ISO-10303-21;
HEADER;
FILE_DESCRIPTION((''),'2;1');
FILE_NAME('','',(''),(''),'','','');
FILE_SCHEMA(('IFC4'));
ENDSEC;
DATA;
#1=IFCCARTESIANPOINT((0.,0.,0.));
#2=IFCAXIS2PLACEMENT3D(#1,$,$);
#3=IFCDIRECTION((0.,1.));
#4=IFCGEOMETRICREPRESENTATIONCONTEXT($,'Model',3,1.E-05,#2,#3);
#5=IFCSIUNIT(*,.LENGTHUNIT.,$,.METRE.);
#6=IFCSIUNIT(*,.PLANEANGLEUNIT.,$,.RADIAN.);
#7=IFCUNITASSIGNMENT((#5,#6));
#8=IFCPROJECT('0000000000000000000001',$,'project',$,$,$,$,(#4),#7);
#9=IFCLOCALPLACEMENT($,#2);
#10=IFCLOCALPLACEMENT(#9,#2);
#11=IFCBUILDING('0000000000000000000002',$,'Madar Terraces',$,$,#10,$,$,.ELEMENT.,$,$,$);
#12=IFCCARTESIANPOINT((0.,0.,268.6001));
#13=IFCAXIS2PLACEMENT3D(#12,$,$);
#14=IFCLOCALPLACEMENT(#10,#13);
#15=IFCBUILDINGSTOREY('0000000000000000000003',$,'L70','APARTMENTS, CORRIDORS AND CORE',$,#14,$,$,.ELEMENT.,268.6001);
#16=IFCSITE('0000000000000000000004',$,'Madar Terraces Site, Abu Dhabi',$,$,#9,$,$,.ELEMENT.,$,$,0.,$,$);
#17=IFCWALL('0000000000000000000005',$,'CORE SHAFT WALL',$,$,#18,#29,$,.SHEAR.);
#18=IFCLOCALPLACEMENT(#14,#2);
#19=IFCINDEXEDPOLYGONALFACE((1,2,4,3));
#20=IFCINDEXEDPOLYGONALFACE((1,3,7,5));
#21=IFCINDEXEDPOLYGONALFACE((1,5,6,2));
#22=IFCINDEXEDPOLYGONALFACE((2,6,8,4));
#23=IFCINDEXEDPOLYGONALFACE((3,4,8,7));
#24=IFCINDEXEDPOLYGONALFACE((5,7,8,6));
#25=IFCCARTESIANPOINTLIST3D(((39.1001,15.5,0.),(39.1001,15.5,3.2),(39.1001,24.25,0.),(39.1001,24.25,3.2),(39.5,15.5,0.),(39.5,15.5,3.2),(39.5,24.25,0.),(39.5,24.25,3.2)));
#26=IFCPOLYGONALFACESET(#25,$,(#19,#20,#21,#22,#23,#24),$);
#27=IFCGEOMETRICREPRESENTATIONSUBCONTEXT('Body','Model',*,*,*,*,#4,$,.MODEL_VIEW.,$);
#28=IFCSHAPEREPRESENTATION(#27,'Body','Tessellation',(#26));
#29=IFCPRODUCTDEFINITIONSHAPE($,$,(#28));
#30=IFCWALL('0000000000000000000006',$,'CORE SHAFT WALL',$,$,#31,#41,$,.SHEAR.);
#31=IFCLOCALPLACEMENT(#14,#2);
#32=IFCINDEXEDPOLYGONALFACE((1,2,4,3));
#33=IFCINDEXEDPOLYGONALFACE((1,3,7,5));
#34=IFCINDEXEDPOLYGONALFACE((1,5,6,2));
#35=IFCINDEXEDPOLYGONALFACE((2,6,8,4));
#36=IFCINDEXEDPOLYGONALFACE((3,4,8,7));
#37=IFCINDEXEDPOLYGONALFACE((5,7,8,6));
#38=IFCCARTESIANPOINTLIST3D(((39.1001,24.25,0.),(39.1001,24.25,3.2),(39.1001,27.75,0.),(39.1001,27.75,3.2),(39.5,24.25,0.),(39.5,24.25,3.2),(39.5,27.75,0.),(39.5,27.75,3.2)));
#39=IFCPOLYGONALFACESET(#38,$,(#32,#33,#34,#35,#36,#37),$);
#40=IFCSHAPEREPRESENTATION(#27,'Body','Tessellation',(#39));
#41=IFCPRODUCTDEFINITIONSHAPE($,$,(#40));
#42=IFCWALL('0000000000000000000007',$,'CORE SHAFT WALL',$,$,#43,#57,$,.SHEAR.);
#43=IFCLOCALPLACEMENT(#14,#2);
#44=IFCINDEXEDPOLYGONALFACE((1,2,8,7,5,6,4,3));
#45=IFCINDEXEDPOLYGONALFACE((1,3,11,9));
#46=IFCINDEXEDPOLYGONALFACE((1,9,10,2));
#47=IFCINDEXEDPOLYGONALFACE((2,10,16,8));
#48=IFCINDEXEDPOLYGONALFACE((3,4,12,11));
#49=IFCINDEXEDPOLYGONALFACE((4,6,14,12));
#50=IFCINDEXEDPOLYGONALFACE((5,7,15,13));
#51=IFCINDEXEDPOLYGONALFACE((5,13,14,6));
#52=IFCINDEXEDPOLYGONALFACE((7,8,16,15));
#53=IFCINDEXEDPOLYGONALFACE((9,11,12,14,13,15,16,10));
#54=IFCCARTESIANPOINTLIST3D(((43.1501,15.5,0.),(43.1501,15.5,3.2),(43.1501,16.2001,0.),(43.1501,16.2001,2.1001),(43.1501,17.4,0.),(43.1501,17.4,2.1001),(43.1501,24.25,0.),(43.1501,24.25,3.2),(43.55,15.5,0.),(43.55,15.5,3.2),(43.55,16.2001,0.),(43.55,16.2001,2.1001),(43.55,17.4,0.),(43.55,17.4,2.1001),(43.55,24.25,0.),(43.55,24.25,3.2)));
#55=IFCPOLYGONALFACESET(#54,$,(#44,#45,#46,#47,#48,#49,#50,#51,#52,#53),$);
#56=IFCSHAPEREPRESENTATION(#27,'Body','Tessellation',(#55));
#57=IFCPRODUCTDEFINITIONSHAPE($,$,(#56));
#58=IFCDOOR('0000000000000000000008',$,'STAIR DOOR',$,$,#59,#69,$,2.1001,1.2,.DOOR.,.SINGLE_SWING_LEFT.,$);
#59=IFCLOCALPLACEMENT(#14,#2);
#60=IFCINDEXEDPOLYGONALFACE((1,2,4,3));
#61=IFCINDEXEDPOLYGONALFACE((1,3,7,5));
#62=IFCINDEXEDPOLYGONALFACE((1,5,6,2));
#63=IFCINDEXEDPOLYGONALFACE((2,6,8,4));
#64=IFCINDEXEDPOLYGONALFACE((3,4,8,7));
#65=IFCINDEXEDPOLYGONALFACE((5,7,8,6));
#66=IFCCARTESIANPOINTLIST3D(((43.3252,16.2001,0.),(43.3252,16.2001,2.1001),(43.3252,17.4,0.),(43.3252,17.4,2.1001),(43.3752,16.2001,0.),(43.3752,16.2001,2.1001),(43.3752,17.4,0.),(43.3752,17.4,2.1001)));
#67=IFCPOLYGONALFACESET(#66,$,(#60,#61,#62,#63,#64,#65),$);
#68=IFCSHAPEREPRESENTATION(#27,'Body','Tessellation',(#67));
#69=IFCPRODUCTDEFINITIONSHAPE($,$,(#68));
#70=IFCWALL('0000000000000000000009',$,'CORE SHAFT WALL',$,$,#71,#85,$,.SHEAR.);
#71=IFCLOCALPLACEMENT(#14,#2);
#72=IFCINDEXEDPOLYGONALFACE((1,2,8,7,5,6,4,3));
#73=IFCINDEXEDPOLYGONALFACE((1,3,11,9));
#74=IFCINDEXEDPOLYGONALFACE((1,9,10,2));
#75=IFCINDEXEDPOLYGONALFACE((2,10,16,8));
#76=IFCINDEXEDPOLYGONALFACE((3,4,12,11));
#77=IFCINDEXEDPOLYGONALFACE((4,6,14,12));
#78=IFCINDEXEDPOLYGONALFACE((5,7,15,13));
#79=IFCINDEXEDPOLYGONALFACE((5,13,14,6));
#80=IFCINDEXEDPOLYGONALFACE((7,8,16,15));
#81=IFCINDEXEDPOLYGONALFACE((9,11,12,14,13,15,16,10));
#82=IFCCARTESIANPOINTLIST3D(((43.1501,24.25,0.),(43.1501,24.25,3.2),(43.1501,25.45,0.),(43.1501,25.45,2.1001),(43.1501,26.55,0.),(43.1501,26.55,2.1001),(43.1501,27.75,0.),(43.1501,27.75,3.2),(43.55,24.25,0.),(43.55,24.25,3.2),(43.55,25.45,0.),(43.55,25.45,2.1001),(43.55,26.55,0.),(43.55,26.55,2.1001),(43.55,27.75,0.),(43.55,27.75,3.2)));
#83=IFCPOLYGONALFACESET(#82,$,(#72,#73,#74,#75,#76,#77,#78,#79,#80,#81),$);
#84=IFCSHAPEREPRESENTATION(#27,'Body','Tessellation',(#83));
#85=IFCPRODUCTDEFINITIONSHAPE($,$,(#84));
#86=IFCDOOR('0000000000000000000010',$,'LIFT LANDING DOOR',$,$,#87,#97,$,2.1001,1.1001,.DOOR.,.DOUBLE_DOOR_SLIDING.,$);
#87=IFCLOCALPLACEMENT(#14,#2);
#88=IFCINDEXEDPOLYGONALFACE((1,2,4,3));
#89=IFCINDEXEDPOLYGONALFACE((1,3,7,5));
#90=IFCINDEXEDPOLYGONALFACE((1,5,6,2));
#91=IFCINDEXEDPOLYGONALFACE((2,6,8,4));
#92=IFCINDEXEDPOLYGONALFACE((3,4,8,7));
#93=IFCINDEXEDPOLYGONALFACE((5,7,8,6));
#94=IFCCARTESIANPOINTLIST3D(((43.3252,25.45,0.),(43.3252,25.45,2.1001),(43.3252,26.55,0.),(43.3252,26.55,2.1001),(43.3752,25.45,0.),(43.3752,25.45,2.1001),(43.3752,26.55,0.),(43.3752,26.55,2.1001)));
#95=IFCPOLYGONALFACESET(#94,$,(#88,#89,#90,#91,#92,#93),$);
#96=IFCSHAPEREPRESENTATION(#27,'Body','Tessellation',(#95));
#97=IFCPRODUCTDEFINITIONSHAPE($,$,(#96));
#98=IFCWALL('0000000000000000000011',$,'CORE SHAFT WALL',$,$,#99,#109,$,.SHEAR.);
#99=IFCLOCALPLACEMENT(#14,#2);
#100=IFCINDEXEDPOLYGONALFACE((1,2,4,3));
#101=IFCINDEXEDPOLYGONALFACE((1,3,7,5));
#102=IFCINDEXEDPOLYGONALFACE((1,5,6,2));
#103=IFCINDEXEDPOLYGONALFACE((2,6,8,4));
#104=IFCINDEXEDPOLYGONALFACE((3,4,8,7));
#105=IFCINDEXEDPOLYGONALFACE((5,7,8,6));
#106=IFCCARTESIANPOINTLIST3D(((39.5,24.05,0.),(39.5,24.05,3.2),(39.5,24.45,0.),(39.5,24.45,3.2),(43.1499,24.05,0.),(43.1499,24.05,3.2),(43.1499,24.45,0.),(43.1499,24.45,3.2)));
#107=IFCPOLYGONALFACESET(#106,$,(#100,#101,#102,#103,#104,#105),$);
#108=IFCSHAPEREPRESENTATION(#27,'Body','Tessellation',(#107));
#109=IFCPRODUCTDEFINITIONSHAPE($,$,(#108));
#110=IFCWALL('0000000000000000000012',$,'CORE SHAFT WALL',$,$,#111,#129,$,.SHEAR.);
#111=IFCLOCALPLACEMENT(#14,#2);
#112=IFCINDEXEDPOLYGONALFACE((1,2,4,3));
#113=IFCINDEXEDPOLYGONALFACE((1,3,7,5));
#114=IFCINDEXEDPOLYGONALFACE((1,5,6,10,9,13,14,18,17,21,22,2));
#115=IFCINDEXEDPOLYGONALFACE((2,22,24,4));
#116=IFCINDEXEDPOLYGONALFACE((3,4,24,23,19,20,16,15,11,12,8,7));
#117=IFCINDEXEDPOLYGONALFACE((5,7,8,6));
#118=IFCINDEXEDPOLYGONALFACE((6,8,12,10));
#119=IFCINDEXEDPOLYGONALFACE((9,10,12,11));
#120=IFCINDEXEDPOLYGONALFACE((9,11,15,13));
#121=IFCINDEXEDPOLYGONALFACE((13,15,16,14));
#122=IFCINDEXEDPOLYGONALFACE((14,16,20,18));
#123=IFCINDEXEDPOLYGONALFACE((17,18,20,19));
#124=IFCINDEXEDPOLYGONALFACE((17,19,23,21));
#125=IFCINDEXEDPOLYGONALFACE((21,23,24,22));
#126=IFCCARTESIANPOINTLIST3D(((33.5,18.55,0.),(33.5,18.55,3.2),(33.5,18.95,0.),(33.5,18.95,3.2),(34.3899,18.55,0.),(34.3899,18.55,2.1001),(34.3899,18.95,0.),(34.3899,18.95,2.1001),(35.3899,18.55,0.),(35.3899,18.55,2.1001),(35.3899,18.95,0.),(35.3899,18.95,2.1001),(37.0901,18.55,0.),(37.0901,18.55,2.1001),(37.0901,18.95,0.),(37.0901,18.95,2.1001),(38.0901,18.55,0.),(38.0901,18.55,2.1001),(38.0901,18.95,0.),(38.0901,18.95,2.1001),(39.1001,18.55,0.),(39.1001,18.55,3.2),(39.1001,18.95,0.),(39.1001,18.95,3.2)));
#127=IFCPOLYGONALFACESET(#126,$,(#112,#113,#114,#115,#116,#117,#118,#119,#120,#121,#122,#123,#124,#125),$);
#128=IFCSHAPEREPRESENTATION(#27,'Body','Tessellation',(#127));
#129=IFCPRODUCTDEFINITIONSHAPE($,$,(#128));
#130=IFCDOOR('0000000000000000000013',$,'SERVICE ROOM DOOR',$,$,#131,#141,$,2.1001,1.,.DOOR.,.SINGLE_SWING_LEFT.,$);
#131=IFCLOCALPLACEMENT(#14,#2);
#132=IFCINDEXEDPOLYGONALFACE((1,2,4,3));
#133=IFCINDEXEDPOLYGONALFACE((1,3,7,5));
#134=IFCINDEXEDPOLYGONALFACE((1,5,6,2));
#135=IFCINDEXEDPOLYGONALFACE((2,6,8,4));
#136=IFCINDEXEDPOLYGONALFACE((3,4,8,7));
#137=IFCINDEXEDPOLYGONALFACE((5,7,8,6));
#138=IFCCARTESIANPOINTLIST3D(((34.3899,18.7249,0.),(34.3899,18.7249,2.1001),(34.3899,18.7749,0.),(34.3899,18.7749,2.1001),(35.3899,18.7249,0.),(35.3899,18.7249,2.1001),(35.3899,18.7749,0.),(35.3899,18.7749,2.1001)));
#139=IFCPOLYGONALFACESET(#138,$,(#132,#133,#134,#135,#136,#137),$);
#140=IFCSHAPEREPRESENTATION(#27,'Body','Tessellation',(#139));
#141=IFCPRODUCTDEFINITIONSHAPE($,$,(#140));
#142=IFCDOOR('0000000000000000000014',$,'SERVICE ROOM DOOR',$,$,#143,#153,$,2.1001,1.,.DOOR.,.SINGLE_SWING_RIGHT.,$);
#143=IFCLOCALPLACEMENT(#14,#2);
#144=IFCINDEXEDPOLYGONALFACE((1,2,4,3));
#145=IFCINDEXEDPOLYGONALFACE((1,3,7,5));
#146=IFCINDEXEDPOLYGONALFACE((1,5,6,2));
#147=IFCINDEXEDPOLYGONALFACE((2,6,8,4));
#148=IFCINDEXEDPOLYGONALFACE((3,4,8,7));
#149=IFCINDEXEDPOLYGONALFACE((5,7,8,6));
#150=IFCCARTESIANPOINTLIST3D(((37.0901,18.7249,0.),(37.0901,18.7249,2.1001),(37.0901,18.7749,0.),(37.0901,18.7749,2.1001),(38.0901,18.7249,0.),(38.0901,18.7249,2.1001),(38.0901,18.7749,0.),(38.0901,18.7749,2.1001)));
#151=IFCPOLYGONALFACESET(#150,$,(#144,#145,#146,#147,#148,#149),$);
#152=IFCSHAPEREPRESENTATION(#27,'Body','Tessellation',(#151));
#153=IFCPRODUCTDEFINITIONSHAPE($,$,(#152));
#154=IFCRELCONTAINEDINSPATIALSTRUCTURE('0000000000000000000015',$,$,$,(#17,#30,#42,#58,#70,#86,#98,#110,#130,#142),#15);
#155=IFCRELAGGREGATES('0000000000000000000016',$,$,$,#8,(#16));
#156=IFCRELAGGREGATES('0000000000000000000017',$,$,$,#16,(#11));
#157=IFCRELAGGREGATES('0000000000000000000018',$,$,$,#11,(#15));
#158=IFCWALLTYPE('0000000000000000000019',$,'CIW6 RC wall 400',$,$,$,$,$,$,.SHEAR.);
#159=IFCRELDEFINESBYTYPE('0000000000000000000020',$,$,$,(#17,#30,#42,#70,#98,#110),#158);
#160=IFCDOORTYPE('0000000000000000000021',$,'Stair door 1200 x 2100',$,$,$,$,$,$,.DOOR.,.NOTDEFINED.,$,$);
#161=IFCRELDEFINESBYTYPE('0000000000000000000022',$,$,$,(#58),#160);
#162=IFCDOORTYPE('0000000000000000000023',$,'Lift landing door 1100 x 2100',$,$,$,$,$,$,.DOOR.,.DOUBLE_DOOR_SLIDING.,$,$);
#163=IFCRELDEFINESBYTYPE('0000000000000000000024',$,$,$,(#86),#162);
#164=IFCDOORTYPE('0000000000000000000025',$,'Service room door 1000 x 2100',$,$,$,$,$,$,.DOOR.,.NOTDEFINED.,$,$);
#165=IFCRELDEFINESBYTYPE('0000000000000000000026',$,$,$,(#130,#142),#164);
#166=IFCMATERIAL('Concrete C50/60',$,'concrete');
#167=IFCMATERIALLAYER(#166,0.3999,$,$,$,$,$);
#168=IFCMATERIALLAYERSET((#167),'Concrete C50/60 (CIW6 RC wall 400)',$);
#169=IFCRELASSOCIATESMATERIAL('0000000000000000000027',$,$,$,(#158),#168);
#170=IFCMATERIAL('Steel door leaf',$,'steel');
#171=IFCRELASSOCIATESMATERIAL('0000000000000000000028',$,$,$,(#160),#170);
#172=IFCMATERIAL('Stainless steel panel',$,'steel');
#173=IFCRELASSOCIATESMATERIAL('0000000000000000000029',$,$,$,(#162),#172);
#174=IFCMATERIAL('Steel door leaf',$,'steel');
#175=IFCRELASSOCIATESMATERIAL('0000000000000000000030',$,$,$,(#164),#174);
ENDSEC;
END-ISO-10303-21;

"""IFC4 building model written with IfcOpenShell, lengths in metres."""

from ifc_helpers import new_model, si_unit, direction, frame, frame_2d, origin, place, context, subcontext, project, spatial, rectangle, extrude, material, layer, layer_set, type_object, element, fill, save


model = new_model("IFC4")

# Units and contexts
model_context = context("Model", 3, precision=1e-05, world=origin(), true_north=direction((0.0, 1.0)))
body_context = subcontext(model_context, "Body", "Model", "MODEL_VIEW")
ifc_project = project(units=[si_unit("LENGTHUNIT", "METRE"), si_unit("PLANEANGLEUNIT", "RADIAN")], contexts=[model_context])

# Site, building, storey
site_placement = place(None, origin())
site = spatial("IfcSite", under=ifc_project, at=site_placement, Name="Madar Terraces Site, Abu Dhabi", CompositionType="ELEMENT", RefElevation=0.0)
building_placement = place(site_placement, origin())
building = spatial("IfcBuilding", under=site, at=building_placement, Name="Madar Terraces", CompositionType="ELEMENT")
storey_placement = place(building_placement, frame((0.0, 0.0, 268.6001)))
storey = spatial("IfcBuildingStorey", under=building, at=storey_placement, Name="L70", Description="APARTMENTS, CORRIDORS AND CORE", CompositionType="ELEMENT", Elevation=268.6001)

# Walls
ifc_material_1 = material(Name="Concrete C50/60", Category="concrete")
ifc_layer_1 = layer(ifc_material_1, 0.3999)
ifc_layer_set_1 = layer_set([ifc_layer_1], Name="Concrete C50/60 (CIW6 RC wall 400)")
wall_type_1 = type_object("IfcWallType", Name="CIW6 RC wall 400", PredefinedType="SHEAR", material=ifc_layer_set_1)
wall_1_placement = place(storey_placement, frame((39.3, 15.5, 0.0), z_axis=(0.0, 0.0, 1.0), x_axis=(0.0, 1.0, 0.0)))
element("IfcWall", 1, at=wall_1_placement, inside=storey, type_object=wall_type_1, Name="CORE SHAFT WALL", PredefinedType="SHEAR", context=body_context, shape_type="SweptSolid", body=[
    extrude(rectangle(XDim=8.75, YDim=0.3999, at=frame_2d((4.375, 0.0))), origin(), (0.0, 0.0, 1.0), 3.2),
])
wall_2_placement = place(storey_placement, frame((39.3, 24.25, 0.0), z_axis=(0.0, 0.0, 1.0), x_axis=(0.0, 1.0, 0.0)))
element("IfcWall", 2, at=wall_2_placement, inside=storey, type_object=wall_type_1, Name="CORE SHAFT WALL", PredefinedType="SHEAR", context=body_context, shape_type="SweptSolid", body=[
    extrude(rectangle(XDim=3.5, YDim=0.3999, at=frame_2d((1.75, 0.0))), origin(), (0.0, 0.0, 1.0), 3.2),
])

# Walls, openings, doors
wall_3_placement = place(storey_placement, frame((43.3501, 15.5, 0.0), z_axis=(0.0, 0.0, 1.0), x_axis=(0.0, 1.0, 0.0)))
wall_3 = element("IfcWall", 3, at=wall_3_placement, inside=storey, type_object=wall_type_1, Name="CORE SHAFT WALL", PredefinedType="SHEAR", context=body_context, shape_type="SweptSolid", body=[
    extrude(rectangle(XDim=8.75, YDim=0.3999, at=frame_2d((4.375, 0.0))), origin(), (0.0, 0.0, 1.0), 3.2),
])
opening_1_placement = place(wall_3_placement, frame((0.7, 0.0, 0.0)))
opening_1 = element("IfcOpeningElement", 4, at=opening_1_placement, cuts=wall_3, PredefinedType="OPENING", context=body_context, shape_type="SweptSolid", body=[
    extrude(rectangle(XDim=1.2, YDim=2.1001, at=frame_2d((0.6001, 1.05))), frame((0.0, 0.21, 0.0), z_axis=(0.0, -1.0, 0.0), x_axis=(1.0, 0.0, 0.0)), (0.0, 0.0, 1.0), 0.4199),
])
ifc_material_2 = material(Name="Steel door leaf", Category="steel")
door_type_1 = type_object("IfcDoorType", Name="Stair door 1200 x 2100", OperationType="NOTDEFINED", PredefinedType="DOOR", material=ifc_material_2)
door_1_placement = place(opening_1_placement, origin())
door_1 = element("IfcDoor", 5, at=door_1_placement, inside=storey, type_object=door_type_1, Name="STAIR DOOR", OperationType="SINGLE_SWING_LEFT", OverallHeight=2.1001, OverallWidth=1.2, PredefinedType="DOOR", context=body_context, shape_type="SweptSolid", body=[
    extrude(rectangle(XDim=1.2, YDim=2.1001, at=frame_2d((0.6001, 1.05))), frame((0.0, 0.0249, 0.0), z_axis=(0.0, -1.0, 0.0), x_axis=(1.0, 0.0, 0.0)), (0.0, 0.0, 1.0), 0.05),
])
fill(opening_1, door_1)
wall_4_placement = place(storey_placement, frame((43.3501, 24.25, 0.0), z_axis=(0.0, 0.0, 1.0), x_axis=(0.0, 1.0, 0.0)))
wall_4 = element("IfcWall", 6, at=wall_4_placement, inside=storey, type_object=wall_type_1, Name="CORE SHAFT WALL", PredefinedType="SHEAR", context=body_context, shape_type="SweptSolid", body=[
    extrude(rectangle(XDim=3.5, YDim=0.3999, at=frame_2d((1.75, 0.0))), origin(), (0.0, 0.0, 1.0), 3.2),
])
opening_2_placement = place(wall_4_placement, frame((1.2, 0.0, 0.0)))
opening_2 = element("IfcOpeningElement", 7, at=opening_2_placement, cuts=wall_4, PredefinedType="OPENING", context=body_context, shape_type="SweptSolid", body=[
    extrude(rectangle(XDim=1.1001, YDim=2.1001, at=frame_2d((0.55, 1.05))), frame((0.0, 0.21, 0.0), z_axis=(0.0, -1.0, 0.0), x_axis=(1.0, 0.0, 0.0)), (0.0, 0.0, 1.0), 0.4199),
])
ifc_material_3 = material(Name="Stainless steel panel", Category="steel")
door_type_2 = type_object("IfcDoorType", Name="Lift landing door 1100 x 2100", OperationType="DOUBLE_DOOR_SLIDING", PredefinedType="DOOR", material=ifc_material_3)
door_2_placement = place(opening_2_placement, origin())
door_2 = element("IfcDoor", 8, at=door_2_placement, inside=storey, type_object=door_type_2, Name="LIFT LANDING DOOR", OperationType="DOUBLE_DOOR_SLIDING", OverallHeight=2.1001, OverallWidth=1.1001, PredefinedType="DOOR", context=body_context, shape_type="SweptSolid", body=[
    extrude(rectangle(XDim=1.1001, YDim=2.1001, at=frame_2d((0.55, 1.05))), frame((0.0, 0.0249, 0.0), z_axis=(0.0, -1.0, 0.0), x_axis=(1.0, 0.0, 0.0)), (0.0, 0.0, 1.0), 0.05),
])
fill(opening_2, door_2)

# Wall
wall_5_placement = place(storey_placement, frame((39.5, 24.25, 0.0), z_axis=(0.0, 0.0, 1.0), x_axis=(1.0, 0.0, 0.0)))
element("IfcWall", 9, at=wall_5_placement, inside=storey, type_object=wall_type_1, Name="CORE SHAFT WALL", PredefinedType="SHEAR", context=body_context, shape_type="SweptSolid", body=[
    extrude(rectangle(XDim=3.6499, YDim=0.3999, at=frame_2d((1.825, 0.0))), origin(), (0.0, 0.0, 1.0), 3.2),
])

# Wall, openings, doors
wall_6_placement = place(storey_placement, frame((33.5, 18.75, 0.0), z_axis=(0.0, 0.0, 1.0), x_axis=(1.0, 0.0, 0.0)))
wall_6 = element("IfcWall", 10, at=wall_6_placement, inside=storey, type_object=wall_type_1, Name="CORE SHAFT WALL", PredefinedType="SHEAR", context=body_context, shape_type="SweptSolid", body=[
    extrude(rectangle(XDim=5.6001, YDim=0.3999, at=frame_2d((2.8, 0.0))), origin(), (0.0, 0.0, 1.0), 3.2),
])
opening_3_placement = place(wall_6_placement, frame((0.8899, 0.0, 0.0)))
opening_3 = element("IfcOpeningElement", 11, at=opening_3_placement, cuts=wall_6, PredefinedType="OPENING", context=body_context, shape_type="SweptSolid", body=[
    extrude(rectangle(XDim=1.0, YDim=2.1001, at=frame_2d((0.5, 1.05))), frame((0.0, 0.21, 0.0), z_axis=(0.0, -1.0, 0.0), x_axis=(1.0, 0.0, 0.0)), (0.0, 0.0, 1.0), 0.4199),
])
opening_4_placement = place(wall_6_placement, frame((3.5901, 0.0, 0.0)))
opening_4 = element("IfcOpeningElement", 12, at=opening_4_placement, cuts=wall_6, PredefinedType="OPENING", context=body_context, shape_type="SweptSolid", body=[
    extrude(rectangle(XDim=1.0, YDim=2.1001, at=frame_2d((0.5, 1.05))), frame((0.0, 0.21, 0.0), z_axis=(0.0, -1.0, 0.0), x_axis=(1.0, 0.0, 0.0)), (0.0, 0.0, 1.0), 0.4199),
])
ifc_material_4 = material(Name="Steel door leaf", Category="steel")
door_type_3 = type_object("IfcDoorType", Name="Service room door 1000 x 2100", OperationType="NOTDEFINED", PredefinedType="DOOR", material=ifc_material_4)
door_3_placement = place(opening_3_placement, origin())
door_3 = element("IfcDoor", 13, at=door_3_placement, inside=storey, type_object=door_type_3, Name="SERVICE ROOM DOOR", OperationType="SINGLE_SWING_LEFT", OverallHeight=2.1001, OverallWidth=1.0, PredefinedType="DOOR", context=body_context, shape_type="SweptSolid", body=[
    extrude(rectangle(XDim=1.0, YDim=2.1001, at=frame_2d((0.5, 1.05))), frame((0.0, 0.0249, 0.0), z_axis=(0.0, -1.0, 0.0), x_axis=(1.0, 0.0, 0.0)), (0.0, 0.0, 1.0), 0.05),
])
fill(opening_3, door_3)
door_4_placement = place(opening_4_placement, origin())
door_4 = element("IfcDoor", 14, at=door_4_placement, inside=storey, type_object=door_type_3, Name="SERVICE ROOM DOOR", OperationType="SINGLE_SWING_RIGHT", OverallHeight=2.1001, OverallWidth=1.0, PredefinedType="DOOR", context=body_context, shape_type="SweptSolid", body=[
    extrude(rectangle(XDim=1.0, YDim=2.1001, at=frame_2d((0.5, 1.05))), frame((0.0, 0.0249, 0.0), z_axis=(0.0, -1.0, 0.0), x_axis=(1.0, 0.0, 0.0)), (0.0, 0.0, 1.0), 0.05),
])
fill(opening_4, door_4)

save(model, "model.ifc")
